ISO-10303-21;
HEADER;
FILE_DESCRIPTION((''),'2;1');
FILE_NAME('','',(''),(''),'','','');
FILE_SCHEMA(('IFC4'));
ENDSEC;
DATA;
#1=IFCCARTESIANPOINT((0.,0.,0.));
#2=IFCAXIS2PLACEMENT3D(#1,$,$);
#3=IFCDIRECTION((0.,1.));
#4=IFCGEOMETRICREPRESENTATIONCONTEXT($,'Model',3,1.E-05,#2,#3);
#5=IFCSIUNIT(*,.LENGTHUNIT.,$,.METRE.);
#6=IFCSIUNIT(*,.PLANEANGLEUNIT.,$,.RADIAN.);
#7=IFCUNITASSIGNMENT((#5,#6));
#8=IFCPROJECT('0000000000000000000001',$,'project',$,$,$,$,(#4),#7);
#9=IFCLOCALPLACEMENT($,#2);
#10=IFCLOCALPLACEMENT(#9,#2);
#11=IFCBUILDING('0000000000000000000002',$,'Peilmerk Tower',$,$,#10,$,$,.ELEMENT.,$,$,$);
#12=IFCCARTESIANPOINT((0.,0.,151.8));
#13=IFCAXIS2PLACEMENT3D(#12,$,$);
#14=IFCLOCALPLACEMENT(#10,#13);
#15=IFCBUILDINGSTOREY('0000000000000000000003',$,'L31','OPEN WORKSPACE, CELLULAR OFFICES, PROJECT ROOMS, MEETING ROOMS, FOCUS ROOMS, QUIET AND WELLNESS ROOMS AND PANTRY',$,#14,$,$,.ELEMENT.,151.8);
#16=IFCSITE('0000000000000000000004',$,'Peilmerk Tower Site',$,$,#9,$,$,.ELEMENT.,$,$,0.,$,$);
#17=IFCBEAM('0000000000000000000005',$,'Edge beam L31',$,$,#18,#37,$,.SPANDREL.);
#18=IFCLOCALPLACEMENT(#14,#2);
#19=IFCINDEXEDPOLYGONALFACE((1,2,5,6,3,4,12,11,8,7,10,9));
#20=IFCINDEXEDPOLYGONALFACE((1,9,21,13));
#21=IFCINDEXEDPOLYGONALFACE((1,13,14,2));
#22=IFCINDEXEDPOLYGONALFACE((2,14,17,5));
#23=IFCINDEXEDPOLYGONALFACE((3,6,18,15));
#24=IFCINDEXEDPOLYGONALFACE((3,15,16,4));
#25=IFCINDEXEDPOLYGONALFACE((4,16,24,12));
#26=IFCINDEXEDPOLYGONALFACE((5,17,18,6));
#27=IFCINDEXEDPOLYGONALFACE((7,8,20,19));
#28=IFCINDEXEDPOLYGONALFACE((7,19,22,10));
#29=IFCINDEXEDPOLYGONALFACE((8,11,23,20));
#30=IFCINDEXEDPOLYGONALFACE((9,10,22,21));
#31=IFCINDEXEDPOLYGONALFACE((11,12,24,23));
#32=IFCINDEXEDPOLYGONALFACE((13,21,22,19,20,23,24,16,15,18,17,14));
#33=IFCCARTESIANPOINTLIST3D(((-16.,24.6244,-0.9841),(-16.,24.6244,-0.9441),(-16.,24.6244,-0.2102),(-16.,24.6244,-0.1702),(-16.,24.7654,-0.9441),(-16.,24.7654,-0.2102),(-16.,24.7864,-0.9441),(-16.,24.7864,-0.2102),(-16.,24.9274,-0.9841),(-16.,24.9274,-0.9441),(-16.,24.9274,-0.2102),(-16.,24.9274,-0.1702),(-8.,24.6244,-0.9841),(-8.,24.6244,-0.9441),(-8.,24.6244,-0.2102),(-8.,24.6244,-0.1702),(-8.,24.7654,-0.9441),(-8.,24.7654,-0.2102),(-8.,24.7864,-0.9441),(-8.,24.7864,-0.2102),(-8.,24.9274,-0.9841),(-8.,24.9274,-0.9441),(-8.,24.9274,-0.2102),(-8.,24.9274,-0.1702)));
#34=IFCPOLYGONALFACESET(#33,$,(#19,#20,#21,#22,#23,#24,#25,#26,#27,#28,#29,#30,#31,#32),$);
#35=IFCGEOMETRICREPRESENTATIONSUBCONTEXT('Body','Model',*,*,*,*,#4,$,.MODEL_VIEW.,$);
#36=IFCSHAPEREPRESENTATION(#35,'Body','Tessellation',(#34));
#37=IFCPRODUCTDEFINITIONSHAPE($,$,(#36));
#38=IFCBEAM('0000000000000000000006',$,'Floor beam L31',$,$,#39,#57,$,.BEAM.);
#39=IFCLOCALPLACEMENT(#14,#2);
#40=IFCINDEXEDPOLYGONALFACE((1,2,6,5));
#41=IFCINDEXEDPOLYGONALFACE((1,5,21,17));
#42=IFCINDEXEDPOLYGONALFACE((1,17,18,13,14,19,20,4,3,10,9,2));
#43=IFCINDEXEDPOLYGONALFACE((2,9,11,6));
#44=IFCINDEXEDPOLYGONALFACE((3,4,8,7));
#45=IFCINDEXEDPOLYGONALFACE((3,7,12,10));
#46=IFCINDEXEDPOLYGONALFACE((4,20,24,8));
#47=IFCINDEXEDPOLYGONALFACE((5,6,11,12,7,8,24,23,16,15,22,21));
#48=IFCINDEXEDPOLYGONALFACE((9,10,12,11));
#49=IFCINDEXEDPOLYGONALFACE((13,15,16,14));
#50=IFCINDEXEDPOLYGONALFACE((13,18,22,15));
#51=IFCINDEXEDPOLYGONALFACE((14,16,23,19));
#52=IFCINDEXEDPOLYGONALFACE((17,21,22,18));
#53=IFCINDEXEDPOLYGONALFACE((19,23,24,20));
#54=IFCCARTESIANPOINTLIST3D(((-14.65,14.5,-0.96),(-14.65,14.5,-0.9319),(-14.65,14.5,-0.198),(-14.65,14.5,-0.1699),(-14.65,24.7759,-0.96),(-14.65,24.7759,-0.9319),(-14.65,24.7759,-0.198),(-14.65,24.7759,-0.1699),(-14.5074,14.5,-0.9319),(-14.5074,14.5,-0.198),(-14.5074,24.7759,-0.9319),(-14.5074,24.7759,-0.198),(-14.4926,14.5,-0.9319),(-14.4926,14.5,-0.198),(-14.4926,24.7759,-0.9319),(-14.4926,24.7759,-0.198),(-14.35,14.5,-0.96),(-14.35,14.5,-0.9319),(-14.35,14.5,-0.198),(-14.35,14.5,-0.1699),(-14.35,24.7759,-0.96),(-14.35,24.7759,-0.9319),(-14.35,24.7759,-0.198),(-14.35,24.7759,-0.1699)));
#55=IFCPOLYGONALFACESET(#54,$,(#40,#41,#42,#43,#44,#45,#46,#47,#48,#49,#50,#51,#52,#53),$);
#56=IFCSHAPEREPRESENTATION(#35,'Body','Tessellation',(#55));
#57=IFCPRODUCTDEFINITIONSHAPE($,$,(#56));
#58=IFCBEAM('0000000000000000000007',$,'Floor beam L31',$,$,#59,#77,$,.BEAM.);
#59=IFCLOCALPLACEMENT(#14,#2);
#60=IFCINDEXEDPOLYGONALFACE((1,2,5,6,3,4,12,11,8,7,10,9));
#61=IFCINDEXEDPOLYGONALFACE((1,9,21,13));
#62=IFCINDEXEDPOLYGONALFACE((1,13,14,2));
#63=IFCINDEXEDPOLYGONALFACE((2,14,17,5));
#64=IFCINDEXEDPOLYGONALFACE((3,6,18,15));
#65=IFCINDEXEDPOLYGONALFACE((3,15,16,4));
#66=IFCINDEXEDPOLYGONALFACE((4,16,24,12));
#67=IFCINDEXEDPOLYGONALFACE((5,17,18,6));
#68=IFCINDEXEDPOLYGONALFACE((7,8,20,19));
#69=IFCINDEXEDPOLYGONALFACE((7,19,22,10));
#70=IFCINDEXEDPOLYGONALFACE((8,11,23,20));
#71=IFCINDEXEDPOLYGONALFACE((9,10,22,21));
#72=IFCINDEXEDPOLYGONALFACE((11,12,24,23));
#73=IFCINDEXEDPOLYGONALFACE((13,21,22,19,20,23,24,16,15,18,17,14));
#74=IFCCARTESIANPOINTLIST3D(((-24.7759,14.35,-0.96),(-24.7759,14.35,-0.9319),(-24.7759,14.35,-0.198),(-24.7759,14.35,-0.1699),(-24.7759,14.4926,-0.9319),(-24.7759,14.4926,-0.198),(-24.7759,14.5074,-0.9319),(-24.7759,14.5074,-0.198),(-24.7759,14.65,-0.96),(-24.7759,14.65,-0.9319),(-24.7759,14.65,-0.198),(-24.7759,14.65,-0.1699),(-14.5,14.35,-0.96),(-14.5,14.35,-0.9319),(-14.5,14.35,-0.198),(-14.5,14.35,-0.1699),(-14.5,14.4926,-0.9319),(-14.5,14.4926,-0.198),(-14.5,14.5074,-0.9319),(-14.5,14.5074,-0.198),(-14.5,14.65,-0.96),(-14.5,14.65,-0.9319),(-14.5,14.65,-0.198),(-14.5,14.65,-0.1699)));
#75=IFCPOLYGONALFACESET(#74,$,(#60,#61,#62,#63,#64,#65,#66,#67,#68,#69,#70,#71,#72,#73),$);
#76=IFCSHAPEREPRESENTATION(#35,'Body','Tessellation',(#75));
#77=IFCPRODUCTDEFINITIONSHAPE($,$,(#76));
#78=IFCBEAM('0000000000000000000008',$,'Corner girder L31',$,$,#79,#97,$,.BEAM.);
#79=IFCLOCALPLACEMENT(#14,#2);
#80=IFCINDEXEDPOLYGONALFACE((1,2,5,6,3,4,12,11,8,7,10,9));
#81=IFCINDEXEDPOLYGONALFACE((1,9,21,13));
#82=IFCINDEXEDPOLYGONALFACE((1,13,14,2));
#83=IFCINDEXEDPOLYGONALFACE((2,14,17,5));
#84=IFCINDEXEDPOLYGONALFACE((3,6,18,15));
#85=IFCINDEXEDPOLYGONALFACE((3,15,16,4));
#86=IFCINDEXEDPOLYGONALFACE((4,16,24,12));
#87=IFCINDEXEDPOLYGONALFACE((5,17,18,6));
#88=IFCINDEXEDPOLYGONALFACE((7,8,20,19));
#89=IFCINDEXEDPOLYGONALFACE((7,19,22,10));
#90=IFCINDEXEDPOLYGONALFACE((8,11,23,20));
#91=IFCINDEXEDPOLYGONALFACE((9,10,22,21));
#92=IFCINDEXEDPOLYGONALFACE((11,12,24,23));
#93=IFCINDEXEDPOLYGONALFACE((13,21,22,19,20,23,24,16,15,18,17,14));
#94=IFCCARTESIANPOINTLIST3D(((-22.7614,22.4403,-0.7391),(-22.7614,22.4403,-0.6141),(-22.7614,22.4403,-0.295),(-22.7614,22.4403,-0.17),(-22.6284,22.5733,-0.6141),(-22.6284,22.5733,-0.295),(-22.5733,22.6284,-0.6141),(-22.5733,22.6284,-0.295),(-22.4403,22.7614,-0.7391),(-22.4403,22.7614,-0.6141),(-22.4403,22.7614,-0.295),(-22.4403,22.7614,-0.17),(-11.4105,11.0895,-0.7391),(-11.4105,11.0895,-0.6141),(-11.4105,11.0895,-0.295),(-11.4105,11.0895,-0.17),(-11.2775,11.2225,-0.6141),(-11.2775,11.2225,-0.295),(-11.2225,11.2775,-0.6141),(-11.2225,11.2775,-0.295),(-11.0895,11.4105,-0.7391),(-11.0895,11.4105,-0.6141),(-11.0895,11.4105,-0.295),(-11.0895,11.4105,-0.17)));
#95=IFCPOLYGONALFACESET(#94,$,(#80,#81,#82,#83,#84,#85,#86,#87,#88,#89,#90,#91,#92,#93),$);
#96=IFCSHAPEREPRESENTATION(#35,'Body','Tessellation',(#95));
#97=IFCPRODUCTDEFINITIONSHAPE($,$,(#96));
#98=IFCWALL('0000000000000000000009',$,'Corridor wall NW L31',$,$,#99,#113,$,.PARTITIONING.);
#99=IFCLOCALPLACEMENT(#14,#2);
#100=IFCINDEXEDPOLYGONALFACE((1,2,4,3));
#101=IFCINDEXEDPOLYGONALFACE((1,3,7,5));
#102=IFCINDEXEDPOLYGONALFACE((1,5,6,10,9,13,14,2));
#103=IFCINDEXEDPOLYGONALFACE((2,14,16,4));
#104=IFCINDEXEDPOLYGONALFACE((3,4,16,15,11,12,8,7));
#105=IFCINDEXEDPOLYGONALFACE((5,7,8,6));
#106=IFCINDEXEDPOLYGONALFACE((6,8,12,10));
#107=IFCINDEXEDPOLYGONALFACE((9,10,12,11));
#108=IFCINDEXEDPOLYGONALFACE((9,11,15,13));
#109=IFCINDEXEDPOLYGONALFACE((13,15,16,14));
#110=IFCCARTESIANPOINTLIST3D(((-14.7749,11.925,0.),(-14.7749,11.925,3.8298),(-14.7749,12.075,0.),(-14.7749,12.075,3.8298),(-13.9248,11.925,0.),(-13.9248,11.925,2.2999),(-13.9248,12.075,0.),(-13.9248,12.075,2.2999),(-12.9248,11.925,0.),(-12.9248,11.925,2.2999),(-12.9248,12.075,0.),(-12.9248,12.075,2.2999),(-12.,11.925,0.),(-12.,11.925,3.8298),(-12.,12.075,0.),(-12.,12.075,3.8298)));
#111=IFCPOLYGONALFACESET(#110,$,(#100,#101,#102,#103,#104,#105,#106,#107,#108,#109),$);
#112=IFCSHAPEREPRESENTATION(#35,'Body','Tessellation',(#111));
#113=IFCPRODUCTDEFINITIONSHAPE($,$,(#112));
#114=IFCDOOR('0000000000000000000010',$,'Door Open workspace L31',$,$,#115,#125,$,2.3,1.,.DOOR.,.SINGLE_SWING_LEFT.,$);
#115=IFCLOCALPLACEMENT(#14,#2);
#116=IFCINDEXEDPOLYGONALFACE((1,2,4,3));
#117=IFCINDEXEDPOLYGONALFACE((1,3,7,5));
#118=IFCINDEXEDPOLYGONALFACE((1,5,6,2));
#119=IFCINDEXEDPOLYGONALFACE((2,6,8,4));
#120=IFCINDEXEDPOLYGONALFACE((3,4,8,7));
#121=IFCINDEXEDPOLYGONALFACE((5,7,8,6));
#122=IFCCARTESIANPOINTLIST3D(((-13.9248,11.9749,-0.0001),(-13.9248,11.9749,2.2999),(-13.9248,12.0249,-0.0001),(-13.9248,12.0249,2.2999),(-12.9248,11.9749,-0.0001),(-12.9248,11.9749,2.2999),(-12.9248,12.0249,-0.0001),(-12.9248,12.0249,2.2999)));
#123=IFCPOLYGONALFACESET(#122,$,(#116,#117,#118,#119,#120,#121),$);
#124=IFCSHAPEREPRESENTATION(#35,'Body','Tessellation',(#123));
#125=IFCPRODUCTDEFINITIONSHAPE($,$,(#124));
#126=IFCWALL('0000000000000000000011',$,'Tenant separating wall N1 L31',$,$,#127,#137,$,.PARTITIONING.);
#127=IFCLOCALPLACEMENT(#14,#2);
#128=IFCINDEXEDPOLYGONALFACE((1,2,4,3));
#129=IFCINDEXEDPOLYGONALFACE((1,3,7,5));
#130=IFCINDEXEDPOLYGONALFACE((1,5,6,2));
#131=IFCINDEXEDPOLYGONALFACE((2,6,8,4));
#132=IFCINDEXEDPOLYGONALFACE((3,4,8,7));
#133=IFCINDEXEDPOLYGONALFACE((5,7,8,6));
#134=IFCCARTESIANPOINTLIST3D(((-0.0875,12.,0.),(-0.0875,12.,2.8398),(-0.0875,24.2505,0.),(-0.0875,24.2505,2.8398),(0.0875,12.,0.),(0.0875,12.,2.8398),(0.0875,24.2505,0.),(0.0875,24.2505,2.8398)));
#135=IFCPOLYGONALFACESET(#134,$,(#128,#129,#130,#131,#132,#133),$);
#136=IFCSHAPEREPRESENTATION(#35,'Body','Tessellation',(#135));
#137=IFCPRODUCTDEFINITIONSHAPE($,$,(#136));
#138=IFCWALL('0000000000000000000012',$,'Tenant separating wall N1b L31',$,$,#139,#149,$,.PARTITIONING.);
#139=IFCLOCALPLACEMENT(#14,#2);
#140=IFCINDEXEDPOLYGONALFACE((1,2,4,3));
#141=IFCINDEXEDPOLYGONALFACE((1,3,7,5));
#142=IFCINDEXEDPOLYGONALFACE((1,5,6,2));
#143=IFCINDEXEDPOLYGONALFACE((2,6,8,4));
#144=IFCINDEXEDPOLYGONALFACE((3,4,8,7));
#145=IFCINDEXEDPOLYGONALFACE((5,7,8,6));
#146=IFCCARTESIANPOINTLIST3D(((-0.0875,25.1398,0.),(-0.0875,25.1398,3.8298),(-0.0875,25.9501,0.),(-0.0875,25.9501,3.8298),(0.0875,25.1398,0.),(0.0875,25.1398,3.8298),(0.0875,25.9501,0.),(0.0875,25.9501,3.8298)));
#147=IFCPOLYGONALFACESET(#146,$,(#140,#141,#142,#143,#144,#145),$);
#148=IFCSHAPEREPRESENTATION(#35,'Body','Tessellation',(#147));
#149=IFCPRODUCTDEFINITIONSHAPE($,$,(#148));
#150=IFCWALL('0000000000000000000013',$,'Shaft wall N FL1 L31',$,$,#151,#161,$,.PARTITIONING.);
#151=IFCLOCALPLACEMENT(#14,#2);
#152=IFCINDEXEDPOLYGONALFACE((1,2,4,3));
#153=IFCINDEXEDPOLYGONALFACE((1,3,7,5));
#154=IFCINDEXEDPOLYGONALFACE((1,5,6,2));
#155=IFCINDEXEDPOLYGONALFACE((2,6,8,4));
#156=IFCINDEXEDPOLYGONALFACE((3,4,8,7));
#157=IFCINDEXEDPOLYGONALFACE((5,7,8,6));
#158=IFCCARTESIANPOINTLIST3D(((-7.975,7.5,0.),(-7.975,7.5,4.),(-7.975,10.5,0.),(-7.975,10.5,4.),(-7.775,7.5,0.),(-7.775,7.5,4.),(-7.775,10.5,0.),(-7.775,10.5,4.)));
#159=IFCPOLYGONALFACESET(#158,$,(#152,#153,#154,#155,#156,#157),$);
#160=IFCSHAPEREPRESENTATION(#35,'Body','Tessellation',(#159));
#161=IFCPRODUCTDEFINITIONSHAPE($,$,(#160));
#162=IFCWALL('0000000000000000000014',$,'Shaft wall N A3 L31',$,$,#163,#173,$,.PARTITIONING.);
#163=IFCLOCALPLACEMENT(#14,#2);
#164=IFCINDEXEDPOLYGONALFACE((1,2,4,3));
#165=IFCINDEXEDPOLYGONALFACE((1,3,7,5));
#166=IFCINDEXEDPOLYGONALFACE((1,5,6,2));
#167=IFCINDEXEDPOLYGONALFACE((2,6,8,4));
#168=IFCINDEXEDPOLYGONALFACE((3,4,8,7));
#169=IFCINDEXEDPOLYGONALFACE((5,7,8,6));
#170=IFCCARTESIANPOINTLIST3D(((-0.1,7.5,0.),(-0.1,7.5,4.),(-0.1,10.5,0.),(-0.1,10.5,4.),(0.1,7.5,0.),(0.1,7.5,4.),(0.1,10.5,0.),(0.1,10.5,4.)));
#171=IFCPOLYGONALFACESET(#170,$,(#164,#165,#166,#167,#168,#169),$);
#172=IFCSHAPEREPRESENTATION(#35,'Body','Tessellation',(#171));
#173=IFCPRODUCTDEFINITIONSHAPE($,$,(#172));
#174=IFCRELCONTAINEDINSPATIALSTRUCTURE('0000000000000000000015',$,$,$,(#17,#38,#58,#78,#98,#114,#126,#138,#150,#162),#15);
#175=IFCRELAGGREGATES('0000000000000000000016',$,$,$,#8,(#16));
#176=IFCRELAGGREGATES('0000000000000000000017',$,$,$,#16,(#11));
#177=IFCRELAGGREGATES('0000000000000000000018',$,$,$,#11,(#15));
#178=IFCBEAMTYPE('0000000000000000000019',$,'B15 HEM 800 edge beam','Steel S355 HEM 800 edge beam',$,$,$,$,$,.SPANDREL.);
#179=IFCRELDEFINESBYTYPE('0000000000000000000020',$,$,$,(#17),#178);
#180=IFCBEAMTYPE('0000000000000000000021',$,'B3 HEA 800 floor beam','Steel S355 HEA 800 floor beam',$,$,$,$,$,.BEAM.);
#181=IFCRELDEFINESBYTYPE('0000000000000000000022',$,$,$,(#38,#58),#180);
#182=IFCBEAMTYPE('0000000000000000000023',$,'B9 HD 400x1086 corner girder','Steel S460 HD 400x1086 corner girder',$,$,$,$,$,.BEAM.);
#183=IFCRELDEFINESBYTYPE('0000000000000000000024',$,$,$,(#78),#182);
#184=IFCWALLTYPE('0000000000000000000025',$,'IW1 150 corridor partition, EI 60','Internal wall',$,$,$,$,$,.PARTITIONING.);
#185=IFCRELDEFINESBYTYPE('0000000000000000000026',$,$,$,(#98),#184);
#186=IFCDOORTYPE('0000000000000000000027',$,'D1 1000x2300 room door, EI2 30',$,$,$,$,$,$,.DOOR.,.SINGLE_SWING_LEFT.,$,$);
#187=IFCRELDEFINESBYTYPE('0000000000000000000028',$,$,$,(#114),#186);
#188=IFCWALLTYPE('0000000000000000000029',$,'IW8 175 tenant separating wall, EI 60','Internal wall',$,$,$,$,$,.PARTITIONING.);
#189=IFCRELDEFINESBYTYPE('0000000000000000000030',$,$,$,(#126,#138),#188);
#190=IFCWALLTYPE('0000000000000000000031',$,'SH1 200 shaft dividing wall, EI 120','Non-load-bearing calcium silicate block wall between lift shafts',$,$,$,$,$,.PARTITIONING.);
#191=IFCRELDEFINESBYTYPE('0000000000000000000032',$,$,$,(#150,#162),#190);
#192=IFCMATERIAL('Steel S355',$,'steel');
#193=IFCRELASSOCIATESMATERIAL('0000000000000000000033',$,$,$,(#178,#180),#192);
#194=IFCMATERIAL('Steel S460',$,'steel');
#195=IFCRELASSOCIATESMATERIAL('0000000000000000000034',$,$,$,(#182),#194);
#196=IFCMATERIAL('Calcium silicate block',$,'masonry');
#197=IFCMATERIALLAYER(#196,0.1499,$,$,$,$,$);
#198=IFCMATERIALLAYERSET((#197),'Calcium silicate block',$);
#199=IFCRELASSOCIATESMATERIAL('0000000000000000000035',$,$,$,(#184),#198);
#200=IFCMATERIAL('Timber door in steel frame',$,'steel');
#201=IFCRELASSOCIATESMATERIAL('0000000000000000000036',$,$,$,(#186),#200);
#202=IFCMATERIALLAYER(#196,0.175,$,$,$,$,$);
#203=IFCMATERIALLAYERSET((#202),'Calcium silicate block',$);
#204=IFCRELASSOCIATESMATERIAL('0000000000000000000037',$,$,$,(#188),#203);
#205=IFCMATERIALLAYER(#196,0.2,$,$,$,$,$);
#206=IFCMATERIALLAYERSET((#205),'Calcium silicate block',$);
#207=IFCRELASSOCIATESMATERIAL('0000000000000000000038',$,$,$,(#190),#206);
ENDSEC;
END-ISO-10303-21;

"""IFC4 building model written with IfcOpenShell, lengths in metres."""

from ifc_helpers import new_model, si_unit, direction, frame, frame_2d, origin, origin_2d, place, context, subcontext, project, spatial, rectangle, i_section, extrude, material, layer, layer_set, material_profile, profile_set, type_object, element, fill, save


model = new_model("IFC4")

# Units and contexts
model_context = context("Model", 3, precision=1e-05, world=origin(), true_north=direction((0.0, 1.0)))
body_context = subcontext(model_context, "Body", "Model", "MODEL_VIEW")
ifc_project = project(units=[si_unit("LENGTHUNIT", "METRE"), si_unit("PLANEANGLEUNIT", "RADIAN")], contexts=[model_context])

# Site, building, storey
site_placement = place(None, origin())
site = spatial("IfcSite", under=ifc_project, at=site_placement, Name="Peilmerk Tower Site", CompositionType="ELEMENT", RefElevation=0.0)
building_placement = place(site_placement, origin())
building = spatial("IfcBuilding", under=site, at=building_placement, Name="Peilmerk Tower", CompositionType="ELEMENT")
storey_placement = place(building_placement, frame((0.0, 0.0, 151.8)))
storey = spatial("IfcBuildingStorey", under=building, at=storey_placement, Name="L31", Description="OPEN WORKSPACE, CELLULAR OFFICES, PROJECT ROOMS, MEETING ROOMS, FOCUS ROOMS, QUIET AND WELLNESS ROOMS AND PANTRY", CompositionType="ELEMENT", Elevation=151.8)

# Shared definitions
ifc_material_1 = material(Name="Steel S460", Category="steel")

# Beams
ifc_material_2 = material(Name="Steel S355", Category="steel")
ifc_material_profile_1 = material_profile(ifc_material_2, i_section(OverallWidth=0.303, OverallDepth=0.814, WebThickness=0.021, FlangeThickness=0.04, at=origin_2d()), Name="HEM 800")
ifc_profile_set_1 = profile_set([ifc_material_profile_1], Name="Steel S355")
beam_type_1 = type_object("IfcBeamType", Name="B15 HEM 800 edge beam", Description="Steel S355 HEM 800 edge beam", PredefinedType="SPANDREL", material=ifc_profile_set_1)
for number, where, z_axis, x_axis, name in (
    (1, (-8.0, 24.7759, -0.5771), (-1.0, 0.0, 0.0), (0.0, -1.0, 0.0), "Edge beam L31"),
):
    element("IfcBeam", number, at=place(storey_placement, frame(where, z_axis=z_axis, x_axis=x_axis)), inside=storey, type_object=beam_type_1, Name=name, PredefinedType="SPANDREL", context=body_context, shape_type="SweptSolid", body=[
        extrude(i_section(OverallWidth=0.303, OverallDepth=0.814, WebThickness=0.021, FlangeThickness=0.04, at=origin_2d()), origin(), (0.0, 0.0, 1.0), 8.0),
    ])
ifc_material_profile_2 = material_profile(ifc_material_2, i_section(OverallWidth=0.3, OverallDepth=0.79, WebThickness=0.0149, FlangeThickness=0.0281, at=origin_2d()), Name="HEA 800")
ifc_profile_set_2 = profile_set([ifc_material_profile_2], Name="Steel S355")
beam_type_2 = type_object("IfcBeamType", Name="B3 HEA 800 floor beam", Description="Steel S355 HEA 800 floor beam", PredefinedType="BEAM", material=ifc_profile_set_2)
for number, where, z_axis, x_axis, name in (
    (2, (-14.5, 14.5, -0.5649), (0.0, 1.0, 0.0), (-1.0, 0.0, 0.0), "Floor beam L31"),
    (3, (-14.5, 14.5, -0.5649), (-1.0, 0.0, 0.0), (0.0, -1.0, 0.0), "Floor beam L31"),
):
    element("IfcBeam", number, at=place(storey_placement, frame(where, z_axis=z_axis, x_axis=x_axis)), inside=storey, type_object=beam_type_2, Name=name, PredefinedType="BEAM", context=body_context, shape_type="SweptSolid", body=[
        extrude(i_section(OverallWidth=0.3, OverallDepth=0.79, WebThickness=0.0149, FlangeThickness=0.0281, at=origin_2d()), origin(), (0.0, 0.0, 1.0), 10.2759),
    ])
ifc_material_profile_3 = material_profile(ifc_material_1, i_section(OverallWidth=0.4541, OverallDepth=0.5691, WebThickness=0.0779, FlangeThickness=0.125, at=origin_2d()), Name="HD 400x1086")
ifc_profile_set_3 = profile_set([ifc_material_profile_3], Name="Steel S460")
beam_type_3 = type_object("IfcBeamType", Name="B9 HD 400x1086 corner girder", Description="Steel S460 HD 400x1086 corner girder", PredefinedType="BEAM", material=ifc_profile_set_3)
beam_placement = place(storey_placement, frame((-11.25, 11.25, -0.4546), z_axis=(-0.707107, 0.707107, 0.0), x_axis=(-0.707107, -0.707107, 0.0)))
element("IfcBeam", 4, at=beam_placement, inside=storey, type_object=beam_type_3, Name="Corner girder L31", PredefinedType="BEAM", context=body_context, shape_type="SweptSolid", body=[
    extrude(i_section(OverallWidth=0.4541, OverallDepth=0.5691, WebThickness=0.0779, FlangeThickness=0.125, at=origin_2d()), origin(), (0.0, 0.0, 1.0), 16.0525),
])

# Wall, opening, door
ifc_material_3 = material(Name="Calcium silicate block", Category="masonry")
ifc_layer_1 = layer(ifc_material_3, 0.1499)
ifc_layer_set_1 = layer_set([ifc_layer_1], Name="Calcium silicate block")
wall_type_1 = type_object("IfcWallType", Name="IW1 150 corridor partition, EI 60", Description="Internal wall", PredefinedType="PARTITIONING", material=ifc_layer_set_1)
wall_1_placement = place(storey_placement, frame((-14.7749, 12.0, 0.0), z_axis=(0.0, 0.0, 1.0), x_axis=(1.0, 0.0, 0.0)))
wall_1 = element("IfcWall", 5, at=wall_1_placement, inside=storey, type_object=wall_type_1, Name="Corridor wall NW L31", PredefinedType="PARTITIONING", context=body_context, shape_type="SweptSolid", body=[
    extrude(rectangle(XDim=2.7749, YDim=0.1499, at=frame_2d((1.3875, 0.0))), origin(), (0.0, 0.0, 1.0), 3.8298),
])
opening_1_placement = place(wall_1_placement, frame((0.8501, 0.0, 0.0)))
opening_1 = element("IfcOpeningElement", 6, at=opening_1_placement, cuts=wall_1, PredefinedType="OPENING", context=body_context, shape_type="SweptSolid", body=[
    extrude(rectangle(XDim=1.0, YDim=2.3, at=frame_2d((0.5, 1.1499))), frame((0.0, 0.085, 0.0), z_axis=(0.0, -1.0, 0.0), x_axis=(1.0, 0.0, 0.0)), (0.0, 0.0, 1.0), 0.1699),
])
ifc_material_4 = material(Name="Timber door in steel frame", Category="steel")
door_type_1 = type_object("IfcDoorType", Name="D1 1000x2300 room door, EI2 30", OperationType="SINGLE_SWING_LEFT", PredefinedType="DOOR", material=ifc_material_4)
door_1_placement = place(opening_1_placement, origin())
door_1 = element("IfcDoor", 7, at=door_1_placement, inside=storey, type_object=door_type_1, Name="Door Open workspace L31", OperationType="SINGLE_SWING_LEFT", OverallHeight=2.3, OverallWidth=1.0, PredefinedType="DOOR", context=body_context, shape_type="SweptSolid", body=[
    extrude(rectangle(XDim=1.0, YDim=2.3, at=frame_2d((0.5, 1.1499))), frame((0.0, 0.0249, 0.0), z_axis=(0.0, -1.0, 0.0), x_axis=(1.0, 0.0, 0.0)), (0.0, 0.0, 1.0), 0.05),
])
fill(opening_1, door_1)

# Walls
ifc_layer_2 = layer(ifc_material_3, 0.175)
ifc_layer_set_2 = layer_set([ifc_layer_2], Name="Calcium silicate block")
wall_type_2 = type_object("IfcWallType", Name="IW8 175 tenant separating wall, EI 60", Description="Internal wall", PredefinedType="PARTITIONING", material=ifc_layer_set_2)
wall_2_placement = place(storey_placement, frame((0.0, 12.0, 0.0), z_axis=(0.0, 0.0, 1.0), x_axis=(0.0, 1.0, 0.0)))
element("IfcWall", 8, at=wall_2_placement, inside=storey, type_object=wall_type_2, Name="Tenant separating wall N1 L31", PredefinedType="PARTITIONING", context=body_context, shape_type="SweptSolid", body=[
    extrude(rectangle(XDim=12.2505, YDim=0.175, at=frame_2d((6.1252, 0.0))), origin(), (0.0, 0.0, 1.0), 2.8398),
])
wall_3_placement = place(storey_placement, frame((0.0, 25.1396, 0.0), z_axis=(0.0, 0.0, 1.0), x_axis=(0.0, 1.0, 0.0)))
element("IfcWall", 9, at=wall_3_placement, inside=storey, type_object=wall_type_2, Name="Tenant separating wall N1b L31", PredefinedType="PARTITIONING", context=body_context, shape_type="SweptSolid", body=[
    extrude(rectangle(XDim=0.8103, YDim=0.175, at=frame_2d((0.4053, 0.0))), origin(), (0.0, 0.0, 1.0), 3.8298),
])
ifc_layer_3 = layer(ifc_material_3, 0.2)
ifc_layer_set_3 = layer_set([ifc_layer_3], Name="Calcium silicate block")
wall_type_3 = type_object("IfcWallType", Name="SH1 200 shaft dividing wall, EI 120", Description="Non-load-bearing calcium silicate block wall between lift shafts", PredefinedType="PARTITIONING", material=ifc_layer_set_3)
for number, where, z_axis, x_axis, name in (
    (10, (-7.875, 7.5, 0.0), (0.0, 0.0, 1.0), (0.0, 1.0, 0.0), "Shaft wall N FL1 L31"),
    (11, (0.0, 7.5, 0.0), (0.0, 0.0, 1.0), (0.0, 1.0, 0.0), "Shaft wall N A3 L31"),
):
    element("IfcWall", number, at=place(storey_placement, frame(where, z_axis=z_axis, x_axis=x_axis)), inside=storey, type_object=wall_type_3, Name=name, PredefinedType="PARTITIONING", context=body_context, shape_type="SweptSolid", body=[
        extrude(rectangle(XDim=3.0, YDim=0.2, at=frame_2d((1.5, 0.0))), origin(), (0.0, 0.0, 1.0), 4.0),
    ])

save(model, "model.ifc")
